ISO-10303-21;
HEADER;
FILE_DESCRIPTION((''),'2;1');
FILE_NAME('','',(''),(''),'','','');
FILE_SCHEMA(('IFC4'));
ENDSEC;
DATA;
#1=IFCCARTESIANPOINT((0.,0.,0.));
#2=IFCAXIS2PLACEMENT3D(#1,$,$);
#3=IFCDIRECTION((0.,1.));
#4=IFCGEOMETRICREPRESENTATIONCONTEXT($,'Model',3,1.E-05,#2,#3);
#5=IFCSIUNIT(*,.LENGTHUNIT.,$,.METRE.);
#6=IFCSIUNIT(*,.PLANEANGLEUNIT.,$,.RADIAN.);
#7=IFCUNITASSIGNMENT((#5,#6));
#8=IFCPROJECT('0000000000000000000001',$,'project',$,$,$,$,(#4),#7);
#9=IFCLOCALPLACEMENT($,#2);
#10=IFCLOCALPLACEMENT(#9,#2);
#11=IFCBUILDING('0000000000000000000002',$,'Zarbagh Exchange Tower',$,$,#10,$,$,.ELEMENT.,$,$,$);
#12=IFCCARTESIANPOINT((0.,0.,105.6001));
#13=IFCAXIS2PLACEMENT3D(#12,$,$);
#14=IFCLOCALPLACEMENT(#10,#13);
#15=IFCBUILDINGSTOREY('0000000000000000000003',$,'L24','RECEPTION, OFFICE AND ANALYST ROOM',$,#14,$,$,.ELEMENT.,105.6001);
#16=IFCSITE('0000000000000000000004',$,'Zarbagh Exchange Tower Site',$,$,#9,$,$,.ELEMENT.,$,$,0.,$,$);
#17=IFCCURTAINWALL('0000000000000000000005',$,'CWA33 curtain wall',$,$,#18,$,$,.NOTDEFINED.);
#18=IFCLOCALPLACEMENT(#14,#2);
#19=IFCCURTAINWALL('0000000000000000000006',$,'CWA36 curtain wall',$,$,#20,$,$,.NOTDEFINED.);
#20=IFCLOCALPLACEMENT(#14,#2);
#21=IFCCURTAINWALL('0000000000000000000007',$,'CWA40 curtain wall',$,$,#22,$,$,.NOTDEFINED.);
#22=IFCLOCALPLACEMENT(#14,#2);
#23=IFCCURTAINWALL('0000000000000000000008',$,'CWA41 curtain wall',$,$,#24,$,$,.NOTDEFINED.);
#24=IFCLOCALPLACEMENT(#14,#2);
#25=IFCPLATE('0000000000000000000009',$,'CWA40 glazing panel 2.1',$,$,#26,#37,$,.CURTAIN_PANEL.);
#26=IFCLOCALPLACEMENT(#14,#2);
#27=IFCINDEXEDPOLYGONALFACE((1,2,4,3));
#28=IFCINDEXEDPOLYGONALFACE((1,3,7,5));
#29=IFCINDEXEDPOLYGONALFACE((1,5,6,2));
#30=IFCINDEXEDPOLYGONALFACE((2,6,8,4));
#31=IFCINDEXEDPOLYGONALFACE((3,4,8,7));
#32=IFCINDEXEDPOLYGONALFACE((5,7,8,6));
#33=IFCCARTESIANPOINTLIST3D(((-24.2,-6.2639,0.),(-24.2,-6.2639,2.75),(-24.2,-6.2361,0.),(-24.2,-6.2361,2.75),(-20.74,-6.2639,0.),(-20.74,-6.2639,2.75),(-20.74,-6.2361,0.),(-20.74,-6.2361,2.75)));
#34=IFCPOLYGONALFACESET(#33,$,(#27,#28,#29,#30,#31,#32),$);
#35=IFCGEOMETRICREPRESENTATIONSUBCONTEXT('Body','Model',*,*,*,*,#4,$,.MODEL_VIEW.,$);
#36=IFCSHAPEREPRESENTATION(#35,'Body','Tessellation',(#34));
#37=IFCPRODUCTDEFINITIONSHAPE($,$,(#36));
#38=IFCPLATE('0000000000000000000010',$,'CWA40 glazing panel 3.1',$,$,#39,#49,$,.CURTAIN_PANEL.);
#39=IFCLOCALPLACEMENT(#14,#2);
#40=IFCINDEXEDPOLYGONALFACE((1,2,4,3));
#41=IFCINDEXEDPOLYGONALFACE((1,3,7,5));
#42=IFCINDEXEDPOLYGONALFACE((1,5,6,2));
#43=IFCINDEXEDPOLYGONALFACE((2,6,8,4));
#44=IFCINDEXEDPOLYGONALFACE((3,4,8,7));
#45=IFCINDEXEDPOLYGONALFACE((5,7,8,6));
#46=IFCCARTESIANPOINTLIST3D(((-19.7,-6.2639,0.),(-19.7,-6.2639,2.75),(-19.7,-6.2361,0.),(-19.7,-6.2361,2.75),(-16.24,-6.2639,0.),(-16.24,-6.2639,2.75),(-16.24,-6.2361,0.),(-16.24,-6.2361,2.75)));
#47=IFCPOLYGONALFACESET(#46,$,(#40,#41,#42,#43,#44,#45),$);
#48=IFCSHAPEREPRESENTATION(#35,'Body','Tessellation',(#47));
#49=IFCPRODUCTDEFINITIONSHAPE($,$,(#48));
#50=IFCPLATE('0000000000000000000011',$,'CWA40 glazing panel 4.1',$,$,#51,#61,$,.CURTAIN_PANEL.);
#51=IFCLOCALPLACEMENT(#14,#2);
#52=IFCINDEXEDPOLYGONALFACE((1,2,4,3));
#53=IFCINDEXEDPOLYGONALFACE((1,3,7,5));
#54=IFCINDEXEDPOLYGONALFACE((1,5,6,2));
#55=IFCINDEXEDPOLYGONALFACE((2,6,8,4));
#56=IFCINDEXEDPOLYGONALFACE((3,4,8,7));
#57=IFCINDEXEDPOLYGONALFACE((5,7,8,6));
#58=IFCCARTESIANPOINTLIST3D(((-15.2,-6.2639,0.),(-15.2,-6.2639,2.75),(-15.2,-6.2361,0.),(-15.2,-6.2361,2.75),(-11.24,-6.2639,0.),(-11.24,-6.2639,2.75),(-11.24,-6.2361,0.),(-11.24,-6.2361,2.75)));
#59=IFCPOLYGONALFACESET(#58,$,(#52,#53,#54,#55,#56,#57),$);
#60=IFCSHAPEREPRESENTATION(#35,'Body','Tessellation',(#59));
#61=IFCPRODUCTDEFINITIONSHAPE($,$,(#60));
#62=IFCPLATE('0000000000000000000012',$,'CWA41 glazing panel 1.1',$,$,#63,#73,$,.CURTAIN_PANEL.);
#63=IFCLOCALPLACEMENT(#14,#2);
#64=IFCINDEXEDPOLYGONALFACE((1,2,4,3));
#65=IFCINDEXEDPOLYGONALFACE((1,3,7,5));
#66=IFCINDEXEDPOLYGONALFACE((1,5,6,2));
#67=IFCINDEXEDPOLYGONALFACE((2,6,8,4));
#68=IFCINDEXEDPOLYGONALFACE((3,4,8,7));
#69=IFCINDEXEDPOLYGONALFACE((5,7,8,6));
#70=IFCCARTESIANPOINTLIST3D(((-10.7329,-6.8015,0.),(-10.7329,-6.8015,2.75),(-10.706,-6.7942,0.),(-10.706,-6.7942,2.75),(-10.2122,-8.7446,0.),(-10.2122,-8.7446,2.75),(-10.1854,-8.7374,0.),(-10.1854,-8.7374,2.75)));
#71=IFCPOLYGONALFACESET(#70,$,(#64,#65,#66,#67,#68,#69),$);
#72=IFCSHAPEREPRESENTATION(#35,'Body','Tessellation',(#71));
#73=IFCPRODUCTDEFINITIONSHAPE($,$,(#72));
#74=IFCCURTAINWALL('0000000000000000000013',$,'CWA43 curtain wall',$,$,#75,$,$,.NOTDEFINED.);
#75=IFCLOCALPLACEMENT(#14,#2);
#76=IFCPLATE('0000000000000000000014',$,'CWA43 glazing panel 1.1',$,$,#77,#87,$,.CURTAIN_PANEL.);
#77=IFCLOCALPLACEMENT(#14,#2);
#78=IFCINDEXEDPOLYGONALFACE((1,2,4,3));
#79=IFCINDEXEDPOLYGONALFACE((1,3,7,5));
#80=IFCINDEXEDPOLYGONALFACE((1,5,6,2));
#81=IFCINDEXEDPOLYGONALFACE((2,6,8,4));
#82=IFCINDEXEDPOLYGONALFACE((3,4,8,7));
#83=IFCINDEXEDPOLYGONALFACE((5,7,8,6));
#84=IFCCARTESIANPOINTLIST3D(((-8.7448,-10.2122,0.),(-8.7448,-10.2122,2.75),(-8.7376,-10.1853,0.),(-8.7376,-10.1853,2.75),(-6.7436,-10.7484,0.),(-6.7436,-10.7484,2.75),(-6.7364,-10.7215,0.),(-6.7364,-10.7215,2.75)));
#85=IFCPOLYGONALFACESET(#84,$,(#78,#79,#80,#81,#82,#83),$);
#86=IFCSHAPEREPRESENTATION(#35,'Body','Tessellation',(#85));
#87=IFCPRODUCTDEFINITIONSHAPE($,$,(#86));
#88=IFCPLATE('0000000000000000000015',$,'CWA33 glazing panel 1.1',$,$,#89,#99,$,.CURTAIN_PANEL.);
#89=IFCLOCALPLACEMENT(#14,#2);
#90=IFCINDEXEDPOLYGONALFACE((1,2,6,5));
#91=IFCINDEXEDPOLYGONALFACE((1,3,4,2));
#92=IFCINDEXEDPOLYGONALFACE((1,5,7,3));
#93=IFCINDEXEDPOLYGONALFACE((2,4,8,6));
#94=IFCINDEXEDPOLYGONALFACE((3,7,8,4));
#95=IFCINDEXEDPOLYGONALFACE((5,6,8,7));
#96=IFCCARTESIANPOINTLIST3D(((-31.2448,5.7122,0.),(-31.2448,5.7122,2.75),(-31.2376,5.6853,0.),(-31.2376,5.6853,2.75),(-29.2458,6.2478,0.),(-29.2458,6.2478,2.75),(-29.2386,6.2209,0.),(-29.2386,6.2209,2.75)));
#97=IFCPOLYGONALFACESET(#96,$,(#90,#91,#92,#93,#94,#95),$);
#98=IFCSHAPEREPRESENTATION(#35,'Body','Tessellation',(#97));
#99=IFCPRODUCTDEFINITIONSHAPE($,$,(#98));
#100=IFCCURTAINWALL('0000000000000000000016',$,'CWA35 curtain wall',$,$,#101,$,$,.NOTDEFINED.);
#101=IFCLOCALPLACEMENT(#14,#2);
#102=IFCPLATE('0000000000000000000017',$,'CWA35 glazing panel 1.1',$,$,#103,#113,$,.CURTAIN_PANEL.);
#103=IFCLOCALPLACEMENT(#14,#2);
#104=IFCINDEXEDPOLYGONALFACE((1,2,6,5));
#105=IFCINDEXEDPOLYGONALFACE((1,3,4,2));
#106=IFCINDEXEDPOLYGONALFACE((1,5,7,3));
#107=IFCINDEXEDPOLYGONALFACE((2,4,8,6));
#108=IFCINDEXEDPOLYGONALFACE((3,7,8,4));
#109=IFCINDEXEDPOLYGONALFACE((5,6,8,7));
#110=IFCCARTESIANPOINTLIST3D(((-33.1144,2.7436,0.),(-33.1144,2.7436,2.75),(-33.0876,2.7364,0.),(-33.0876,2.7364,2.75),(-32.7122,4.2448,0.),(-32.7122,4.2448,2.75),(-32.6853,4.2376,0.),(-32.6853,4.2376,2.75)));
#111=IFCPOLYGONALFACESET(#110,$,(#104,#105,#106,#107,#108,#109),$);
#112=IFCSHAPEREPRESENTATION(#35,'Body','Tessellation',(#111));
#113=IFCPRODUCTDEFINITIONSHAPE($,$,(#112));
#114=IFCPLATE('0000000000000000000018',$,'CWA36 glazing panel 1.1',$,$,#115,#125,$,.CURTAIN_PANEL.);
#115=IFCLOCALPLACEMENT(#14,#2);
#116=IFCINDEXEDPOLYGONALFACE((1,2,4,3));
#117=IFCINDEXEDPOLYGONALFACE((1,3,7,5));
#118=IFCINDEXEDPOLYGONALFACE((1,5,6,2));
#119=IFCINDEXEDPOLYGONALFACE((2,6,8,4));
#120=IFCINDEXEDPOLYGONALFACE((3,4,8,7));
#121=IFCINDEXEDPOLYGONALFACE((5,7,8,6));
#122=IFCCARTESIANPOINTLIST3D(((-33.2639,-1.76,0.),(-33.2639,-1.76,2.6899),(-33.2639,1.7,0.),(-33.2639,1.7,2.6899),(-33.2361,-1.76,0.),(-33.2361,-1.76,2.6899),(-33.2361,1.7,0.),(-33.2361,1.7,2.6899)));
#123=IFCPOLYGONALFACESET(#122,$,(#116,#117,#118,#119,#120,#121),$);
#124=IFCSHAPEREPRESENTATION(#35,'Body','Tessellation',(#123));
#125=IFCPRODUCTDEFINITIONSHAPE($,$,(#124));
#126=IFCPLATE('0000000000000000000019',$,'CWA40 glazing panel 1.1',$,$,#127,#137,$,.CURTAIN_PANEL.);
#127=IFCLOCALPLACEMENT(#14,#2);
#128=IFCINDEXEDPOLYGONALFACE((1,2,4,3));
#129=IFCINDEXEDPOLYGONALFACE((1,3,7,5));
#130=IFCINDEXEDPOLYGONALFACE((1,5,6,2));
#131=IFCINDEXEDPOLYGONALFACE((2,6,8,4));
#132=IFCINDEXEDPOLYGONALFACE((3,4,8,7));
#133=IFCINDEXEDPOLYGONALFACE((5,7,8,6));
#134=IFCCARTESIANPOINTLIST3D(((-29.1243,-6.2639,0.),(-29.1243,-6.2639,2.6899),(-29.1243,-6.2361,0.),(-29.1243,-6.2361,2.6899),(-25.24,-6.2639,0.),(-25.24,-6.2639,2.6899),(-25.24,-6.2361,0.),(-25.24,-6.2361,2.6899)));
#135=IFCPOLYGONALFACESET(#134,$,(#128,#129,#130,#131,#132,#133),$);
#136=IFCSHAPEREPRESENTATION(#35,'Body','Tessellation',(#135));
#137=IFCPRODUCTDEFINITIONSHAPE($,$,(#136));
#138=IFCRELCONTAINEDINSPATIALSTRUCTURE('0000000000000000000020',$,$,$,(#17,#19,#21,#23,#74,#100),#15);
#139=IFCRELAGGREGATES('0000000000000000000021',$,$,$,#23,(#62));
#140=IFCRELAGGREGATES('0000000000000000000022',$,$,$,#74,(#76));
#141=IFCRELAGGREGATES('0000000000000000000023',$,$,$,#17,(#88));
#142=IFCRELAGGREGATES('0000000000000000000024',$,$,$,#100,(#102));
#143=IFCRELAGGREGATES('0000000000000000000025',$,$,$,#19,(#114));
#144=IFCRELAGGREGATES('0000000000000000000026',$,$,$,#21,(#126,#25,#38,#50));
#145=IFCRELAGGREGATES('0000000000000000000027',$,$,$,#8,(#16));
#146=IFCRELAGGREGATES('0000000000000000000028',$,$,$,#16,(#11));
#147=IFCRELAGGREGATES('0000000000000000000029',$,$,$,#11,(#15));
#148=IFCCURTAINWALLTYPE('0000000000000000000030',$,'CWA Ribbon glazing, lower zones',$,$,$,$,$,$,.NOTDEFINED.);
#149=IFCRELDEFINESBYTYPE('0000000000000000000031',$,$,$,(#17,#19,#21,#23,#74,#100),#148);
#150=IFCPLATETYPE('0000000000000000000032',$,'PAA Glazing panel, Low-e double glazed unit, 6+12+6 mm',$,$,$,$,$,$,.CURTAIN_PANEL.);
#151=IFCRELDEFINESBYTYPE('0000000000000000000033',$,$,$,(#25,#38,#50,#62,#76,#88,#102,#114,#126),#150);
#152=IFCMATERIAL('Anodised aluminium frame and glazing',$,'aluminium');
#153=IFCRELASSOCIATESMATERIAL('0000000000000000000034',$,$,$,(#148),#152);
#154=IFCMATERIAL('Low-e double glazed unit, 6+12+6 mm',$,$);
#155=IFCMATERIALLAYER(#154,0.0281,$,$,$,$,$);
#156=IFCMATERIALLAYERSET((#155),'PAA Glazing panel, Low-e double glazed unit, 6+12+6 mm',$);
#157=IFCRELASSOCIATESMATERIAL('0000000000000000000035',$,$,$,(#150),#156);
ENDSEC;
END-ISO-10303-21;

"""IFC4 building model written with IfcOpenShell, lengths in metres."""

from ifc_helpers import new_model, si_unit, direction, frame, origin, place, context, subcontext, project, spatial, polyline, outline, extrude, source, transform, mapped, material, layer, layer_set, type_object, element, aggregate, save


model = new_model("IFC4")

# Units and contexts
model_context = context("Model", 3, precision=1e-05, world=origin(), true_north=direction((0.0, 1.0)))
body_context = subcontext(model_context, "Body", "Model", "MODEL_VIEW")
ifc_project = project(units=[si_unit("LENGTHUNIT", "METRE"), si_unit("PLANEANGLEUNIT", "RADIAN")], contexts=[model_context])

# Site, building, storey
site_placement = place(None, origin())
site = spatial("IfcSite", under=ifc_project, at=site_placement, Name="Zarbagh Exchange Tower Site", CompositionType="ELEMENT", RefElevation=0.0)
building_placement = place(site_placement, origin())
building = spatial("IfcBuilding", under=site, at=building_placement, Name="Zarbagh Exchange Tower", CompositionType="ELEMENT")
storey_placement = place(building_placement, frame((0.0, 0.0, 105.6001)))
storey = spatial("IfcBuildingStorey", under=building, at=storey_placement, Name="L24", Description="RECEPTION, OFFICE AND ANALYST ROOM", CompositionType="ELEMENT", Elevation=105.6001)

# Curtain walls
ifc_material_1 = material(Name="Anodised aluminium frame and glazing", Category="aluminium")
curtain_wall_type = type_object("IfcCurtainWallType", Name="CWA Ribbon glazing, lower zones", PredefinedType="NOTDEFINED", material=ifc_material_1)
curtain_wall_1_placement = place(storey_placement, origin())
curtain_wall_1 = element("IfcCurtainWall", 1, at=curtain_wall_1_placement, inside=storey, type_object=curtain_wall_type, Name="CWA33 curtain wall", PredefinedType="NOTDEFINED")
placement = place(storey_placement, origin())
curtain_wall_2_placement = place(storey_placement, origin())
curtain_wall_2 = element("IfcCurtainWall", 2, at=curtain_wall_2_placement, inside=storey, type_object=curtain_wall_type, Name="CWA36 curtain wall", PredefinedType="NOTDEFINED")

# Curtain wall
curtain_wall_3_placement = place(storey_placement, origin())
curtain_wall_3 = element("IfcCurtainWall", 3, at=curtain_wall_3_placement, inside=storey, type_object=curtain_wall_type, Name="CWA40 curtain wall", PredefinedType="NOTDEFINED")

# Curtain wall
curtain_wall_4_placement = place(storey_placement, origin())
curtain_wall_4 = element("IfcCurtainWall", 4, at=curtain_wall_4_placement, inside=storey, type_object=curtain_wall_type, Name="CWA41 curtain wall", PredefinedType="NOTDEFINED")

# Shared definitions
ifc_material_2 = material(Name="Low-e double glazed unit, 6+12+6 mm")
ifc_layer = layer(ifc_material_2, 0.0281)
ifc_layer_set = layer_set([ifc_layer], Name="PAA Glazing panel, Low-e double glazed unit, 6+12+6 mm")
plate_type = type_object("IfcPlateType", Name="PAA Glazing panel, Low-e double glazed unit, 6+12+6 mm", PredefinedType="CURTAIN_PANEL", material=ifc_layer_set)

# Plates
shared_shape_1 = source(origin(), body_context, "Body", "SweptSolid", [
    extrude(outline(polyline([(0.0, -0.0139), (3.46, -0.0139), (3.46, 0.0139), (0.0, 0.0139), (0.0, -0.0139)])), origin(), (0.0, 0.0, 1.0), 2.75),
])
plate_1 = element("IfcPlate", 5, at=placement, type_object=plate_type, Name="CWA40 glazing panel 2.1", PredefinedType="CURTAIN_PANEL", context=body_context, shape_type="MappedRepresentation", body=[
    mapped(shared_shape_1, transform((-24.2, -6.25, 0.0), x_axis=(1.0, 0.0, 0.0), y_axis=(0.0, 1.0, 0.0), z_axis=(0.0, 0.0, 1.0))),
])
plate_2 = element("IfcPlate", 6, at=placement, type_object=plate_type, Name="CWA40 glazing panel 3.1", PredefinedType="CURTAIN_PANEL", context=body_context, shape_type="MappedRepresentation", body=[
    mapped(shared_shape_1, transform((-19.7, -6.25, 0.0), x_axis=(1.0, 0.0, 0.0), y_axis=(0.0, 1.0, 0.0), z_axis=(0.0, 0.0, 1.0))),
])
shared_shape_2 = source(origin(), body_context, "Body", "SweptSolid", [
    extrude(outline(polyline([(0.0, -0.0139), (3.96, -0.0139), (3.96, 0.0139), (0.0, 0.0139), (0.0, -0.0139)])), origin(), (0.0, 0.0, 1.0), 2.75),
])
plate_3 = element("IfcPlate", 7, at=placement, type_object=plate_type, Name="CWA40 glazing panel 4.1", PredefinedType="CURTAIN_PANEL", context=body_context, shape_type="MappedRepresentation", body=[
    mapped(shared_shape_2, transform((-15.2, -6.25, 0.0), x_axis=(1.0, 0.0, 0.0), y_axis=(0.0, 1.0, 0.0), z_axis=(0.0, 0.0, 1.0))),
])
shared_shape_3 = source(origin(), body_context, "Body", "SweptSolid", [
    extrude(outline(polyline([(0.0, -0.0139), (2.0117, -0.0139), (2.0117, 0.0139), (0.0, 0.0139), (0.0, -0.0139)])), origin(), (0.0, 0.0, 1.0), 2.75),
])
plate_4 = element("IfcPlate", 8, at=placement, type_object=plate_type, Name="CWA41 glazing panel 1.1", PredefinedType="CURTAIN_PANEL", context=body_context, shape_type="MappedRepresentation", body=[
    mapped(shared_shape_3, transform((-10.7195, -6.7979, 0.0), x_axis=(0.258825, -0.965924, 0.0), y_axis=(0.965924, 0.258825, 0.0), z_axis=(0.0, 0.0, 1.0))),
])
aggregate(curtain_wall_4, [plate_4])

# Curtain wall, plate
curtain_wall_5_placement = place(storey_placement, origin())
curtain_wall_5 = element("IfcCurtainWall", 9, at=curtain_wall_5_placement, inside=storey, type_object=curtain_wall_type, Name="CWA43 curtain wall", PredefinedType="NOTDEFINED")
shared_shape_4 = source(origin(), body_context, "Body", "SweptSolid", [
    extrude(outline(polyline([(0.0, -0.0139), (2.0718, -0.0139), (2.0718, 0.0139), (0.0, 0.0139), (0.0, -0.0139)])), origin(), (0.0, 0.0, 1.0), 2.75),
])
plate_5 = element("IfcPlate", 10, at=placement, type_object=plate_type, Name="CWA43 glazing panel 1.1", PredefinedType="CURTAIN_PANEL", context=body_context, shape_type="MappedRepresentation", body=[
    mapped(shared_shape_4, transform((-8.7412, -10.1987, 0.0), x_axis=(0.965924, -0.258825, 0.0), y_axis=(0.258825, 0.965924, 0.0), z_axis=(0.0, 0.0, 1.0))),
])
aggregate(curtain_wall_5, [plate_5])

# Plate
shared_shape_5 = source(origin(), body_context, "Body", "SweptSolid", [
    extrude(outline(polyline([(0.0, -0.0139), (2.0696, -0.0139), (2.0696, 0.0139), (0.0, 0.0139), (0.0, -0.0139)])), origin(), (0.0, 0.0, 1.0), 2.75),
])
plate_6 = element("IfcPlate", 11, at=placement, type_object=plate_type, Name="CWA33 glazing panel 1.1", PredefinedType="CURTAIN_PANEL", context=body_context, shape_type="MappedRepresentation", body=[
    mapped(shared_shape_5, transform((-29.2422, 6.2344, 0.0), x_axis=(-0.965924, -0.258825, 0.0), y_axis=(0.258825, -0.965924, 0.0), z_axis=(0.0, 0.0, 1.0))),
])
aggregate(curtain_wall_1, [plate_6])

# Curtain wall, plate
curtain_wall_6_placement = place(storey_placement, origin())
curtain_wall_6 = element("IfcCurtainWall", 12, at=curtain_wall_6_placement, inside=storey, type_object=curtain_wall_type, Name="CWA35 curtain wall", PredefinedType="NOTDEFINED")
shared_shape_6 = source(origin(), body_context, "Body", "SweptSolid", [
    extrude(outline(polyline([(0.0, -0.0139), (1.5542, -0.0139), (1.5542, 0.0139), (0.0, 0.0139), (0.0, -0.0139)])), origin(), (0.0, 0.0, 1.0), 2.75),
])
plate_7 = element("IfcPlate", 13, at=placement, type_object=plate_type, Name="CWA35 glazing panel 1.1", PredefinedType="CURTAIN_PANEL", context=body_context, shape_type="MappedRepresentation", body=[
    mapped(shared_shape_6, transform((-32.6987, 4.2412, 0.0), x_axis=(-0.258825, -0.965924, 0.0), y_axis=(0.965924, -0.258825, 0.0), z_axis=(0.0, 0.0, 1.0))),
])
aggregate(curtain_wall_6, [plate_7])

# Plates
shared_shape_7 = source(origin(), body_context, "Body", "SweptSolid", [
    extrude(outline(polyline([(0.0, -0.0139), (3.46, -0.0139), (3.46, 0.0139), (0.0, 0.0139), (0.0, -0.0139)])), origin(), (0.0, 0.0, 1.0), 2.6899),
])
plate_8 = element("IfcPlate", 14, at=placement, type_object=plate_type, Name="CWA36 glazing panel 1.1", PredefinedType="CURTAIN_PANEL", context=body_context, shape_type="MappedRepresentation", body=[
    mapped(shared_shape_7, transform((-33.25, 1.7, 0.0), x_axis=(0.0, -1.0, 0.0), y_axis=(1.0, 0.0, 0.0), z_axis=(0.0, 0.0, 1.0))),
])
aggregate(curtain_wall_2, [plate_8])
shared_shape_8 = source(origin(), body_context, "Body", "SweptSolid", [
    extrude(outline(polyline([(0.0, -0.0139), (3.8843, -0.0139), (3.8843, 0.0139), (0.0, 0.0139), (0.0, -0.0139)])), origin(), (0.0, 0.0, 1.0), 2.6899),
])
plate_9 = element("IfcPlate", 15, at=placement, type_object=plate_type, Name="CWA40 glazing panel 1.1", PredefinedType="CURTAIN_PANEL", context=body_context, shape_type="MappedRepresentation", body=[
    mapped(shared_shape_8, transform((-29.1243, -6.25, 0.0), x_axis=(1.0, 0.0, 0.0), y_axis=(0.0, 1.0, 0.0), z_axis=(0.0, 0.0, 1.0))),
])
aggregate(curtain_wall_3, [plate_9, plate_1, plate_2, plate_3])

save(model, "model.ifc")
